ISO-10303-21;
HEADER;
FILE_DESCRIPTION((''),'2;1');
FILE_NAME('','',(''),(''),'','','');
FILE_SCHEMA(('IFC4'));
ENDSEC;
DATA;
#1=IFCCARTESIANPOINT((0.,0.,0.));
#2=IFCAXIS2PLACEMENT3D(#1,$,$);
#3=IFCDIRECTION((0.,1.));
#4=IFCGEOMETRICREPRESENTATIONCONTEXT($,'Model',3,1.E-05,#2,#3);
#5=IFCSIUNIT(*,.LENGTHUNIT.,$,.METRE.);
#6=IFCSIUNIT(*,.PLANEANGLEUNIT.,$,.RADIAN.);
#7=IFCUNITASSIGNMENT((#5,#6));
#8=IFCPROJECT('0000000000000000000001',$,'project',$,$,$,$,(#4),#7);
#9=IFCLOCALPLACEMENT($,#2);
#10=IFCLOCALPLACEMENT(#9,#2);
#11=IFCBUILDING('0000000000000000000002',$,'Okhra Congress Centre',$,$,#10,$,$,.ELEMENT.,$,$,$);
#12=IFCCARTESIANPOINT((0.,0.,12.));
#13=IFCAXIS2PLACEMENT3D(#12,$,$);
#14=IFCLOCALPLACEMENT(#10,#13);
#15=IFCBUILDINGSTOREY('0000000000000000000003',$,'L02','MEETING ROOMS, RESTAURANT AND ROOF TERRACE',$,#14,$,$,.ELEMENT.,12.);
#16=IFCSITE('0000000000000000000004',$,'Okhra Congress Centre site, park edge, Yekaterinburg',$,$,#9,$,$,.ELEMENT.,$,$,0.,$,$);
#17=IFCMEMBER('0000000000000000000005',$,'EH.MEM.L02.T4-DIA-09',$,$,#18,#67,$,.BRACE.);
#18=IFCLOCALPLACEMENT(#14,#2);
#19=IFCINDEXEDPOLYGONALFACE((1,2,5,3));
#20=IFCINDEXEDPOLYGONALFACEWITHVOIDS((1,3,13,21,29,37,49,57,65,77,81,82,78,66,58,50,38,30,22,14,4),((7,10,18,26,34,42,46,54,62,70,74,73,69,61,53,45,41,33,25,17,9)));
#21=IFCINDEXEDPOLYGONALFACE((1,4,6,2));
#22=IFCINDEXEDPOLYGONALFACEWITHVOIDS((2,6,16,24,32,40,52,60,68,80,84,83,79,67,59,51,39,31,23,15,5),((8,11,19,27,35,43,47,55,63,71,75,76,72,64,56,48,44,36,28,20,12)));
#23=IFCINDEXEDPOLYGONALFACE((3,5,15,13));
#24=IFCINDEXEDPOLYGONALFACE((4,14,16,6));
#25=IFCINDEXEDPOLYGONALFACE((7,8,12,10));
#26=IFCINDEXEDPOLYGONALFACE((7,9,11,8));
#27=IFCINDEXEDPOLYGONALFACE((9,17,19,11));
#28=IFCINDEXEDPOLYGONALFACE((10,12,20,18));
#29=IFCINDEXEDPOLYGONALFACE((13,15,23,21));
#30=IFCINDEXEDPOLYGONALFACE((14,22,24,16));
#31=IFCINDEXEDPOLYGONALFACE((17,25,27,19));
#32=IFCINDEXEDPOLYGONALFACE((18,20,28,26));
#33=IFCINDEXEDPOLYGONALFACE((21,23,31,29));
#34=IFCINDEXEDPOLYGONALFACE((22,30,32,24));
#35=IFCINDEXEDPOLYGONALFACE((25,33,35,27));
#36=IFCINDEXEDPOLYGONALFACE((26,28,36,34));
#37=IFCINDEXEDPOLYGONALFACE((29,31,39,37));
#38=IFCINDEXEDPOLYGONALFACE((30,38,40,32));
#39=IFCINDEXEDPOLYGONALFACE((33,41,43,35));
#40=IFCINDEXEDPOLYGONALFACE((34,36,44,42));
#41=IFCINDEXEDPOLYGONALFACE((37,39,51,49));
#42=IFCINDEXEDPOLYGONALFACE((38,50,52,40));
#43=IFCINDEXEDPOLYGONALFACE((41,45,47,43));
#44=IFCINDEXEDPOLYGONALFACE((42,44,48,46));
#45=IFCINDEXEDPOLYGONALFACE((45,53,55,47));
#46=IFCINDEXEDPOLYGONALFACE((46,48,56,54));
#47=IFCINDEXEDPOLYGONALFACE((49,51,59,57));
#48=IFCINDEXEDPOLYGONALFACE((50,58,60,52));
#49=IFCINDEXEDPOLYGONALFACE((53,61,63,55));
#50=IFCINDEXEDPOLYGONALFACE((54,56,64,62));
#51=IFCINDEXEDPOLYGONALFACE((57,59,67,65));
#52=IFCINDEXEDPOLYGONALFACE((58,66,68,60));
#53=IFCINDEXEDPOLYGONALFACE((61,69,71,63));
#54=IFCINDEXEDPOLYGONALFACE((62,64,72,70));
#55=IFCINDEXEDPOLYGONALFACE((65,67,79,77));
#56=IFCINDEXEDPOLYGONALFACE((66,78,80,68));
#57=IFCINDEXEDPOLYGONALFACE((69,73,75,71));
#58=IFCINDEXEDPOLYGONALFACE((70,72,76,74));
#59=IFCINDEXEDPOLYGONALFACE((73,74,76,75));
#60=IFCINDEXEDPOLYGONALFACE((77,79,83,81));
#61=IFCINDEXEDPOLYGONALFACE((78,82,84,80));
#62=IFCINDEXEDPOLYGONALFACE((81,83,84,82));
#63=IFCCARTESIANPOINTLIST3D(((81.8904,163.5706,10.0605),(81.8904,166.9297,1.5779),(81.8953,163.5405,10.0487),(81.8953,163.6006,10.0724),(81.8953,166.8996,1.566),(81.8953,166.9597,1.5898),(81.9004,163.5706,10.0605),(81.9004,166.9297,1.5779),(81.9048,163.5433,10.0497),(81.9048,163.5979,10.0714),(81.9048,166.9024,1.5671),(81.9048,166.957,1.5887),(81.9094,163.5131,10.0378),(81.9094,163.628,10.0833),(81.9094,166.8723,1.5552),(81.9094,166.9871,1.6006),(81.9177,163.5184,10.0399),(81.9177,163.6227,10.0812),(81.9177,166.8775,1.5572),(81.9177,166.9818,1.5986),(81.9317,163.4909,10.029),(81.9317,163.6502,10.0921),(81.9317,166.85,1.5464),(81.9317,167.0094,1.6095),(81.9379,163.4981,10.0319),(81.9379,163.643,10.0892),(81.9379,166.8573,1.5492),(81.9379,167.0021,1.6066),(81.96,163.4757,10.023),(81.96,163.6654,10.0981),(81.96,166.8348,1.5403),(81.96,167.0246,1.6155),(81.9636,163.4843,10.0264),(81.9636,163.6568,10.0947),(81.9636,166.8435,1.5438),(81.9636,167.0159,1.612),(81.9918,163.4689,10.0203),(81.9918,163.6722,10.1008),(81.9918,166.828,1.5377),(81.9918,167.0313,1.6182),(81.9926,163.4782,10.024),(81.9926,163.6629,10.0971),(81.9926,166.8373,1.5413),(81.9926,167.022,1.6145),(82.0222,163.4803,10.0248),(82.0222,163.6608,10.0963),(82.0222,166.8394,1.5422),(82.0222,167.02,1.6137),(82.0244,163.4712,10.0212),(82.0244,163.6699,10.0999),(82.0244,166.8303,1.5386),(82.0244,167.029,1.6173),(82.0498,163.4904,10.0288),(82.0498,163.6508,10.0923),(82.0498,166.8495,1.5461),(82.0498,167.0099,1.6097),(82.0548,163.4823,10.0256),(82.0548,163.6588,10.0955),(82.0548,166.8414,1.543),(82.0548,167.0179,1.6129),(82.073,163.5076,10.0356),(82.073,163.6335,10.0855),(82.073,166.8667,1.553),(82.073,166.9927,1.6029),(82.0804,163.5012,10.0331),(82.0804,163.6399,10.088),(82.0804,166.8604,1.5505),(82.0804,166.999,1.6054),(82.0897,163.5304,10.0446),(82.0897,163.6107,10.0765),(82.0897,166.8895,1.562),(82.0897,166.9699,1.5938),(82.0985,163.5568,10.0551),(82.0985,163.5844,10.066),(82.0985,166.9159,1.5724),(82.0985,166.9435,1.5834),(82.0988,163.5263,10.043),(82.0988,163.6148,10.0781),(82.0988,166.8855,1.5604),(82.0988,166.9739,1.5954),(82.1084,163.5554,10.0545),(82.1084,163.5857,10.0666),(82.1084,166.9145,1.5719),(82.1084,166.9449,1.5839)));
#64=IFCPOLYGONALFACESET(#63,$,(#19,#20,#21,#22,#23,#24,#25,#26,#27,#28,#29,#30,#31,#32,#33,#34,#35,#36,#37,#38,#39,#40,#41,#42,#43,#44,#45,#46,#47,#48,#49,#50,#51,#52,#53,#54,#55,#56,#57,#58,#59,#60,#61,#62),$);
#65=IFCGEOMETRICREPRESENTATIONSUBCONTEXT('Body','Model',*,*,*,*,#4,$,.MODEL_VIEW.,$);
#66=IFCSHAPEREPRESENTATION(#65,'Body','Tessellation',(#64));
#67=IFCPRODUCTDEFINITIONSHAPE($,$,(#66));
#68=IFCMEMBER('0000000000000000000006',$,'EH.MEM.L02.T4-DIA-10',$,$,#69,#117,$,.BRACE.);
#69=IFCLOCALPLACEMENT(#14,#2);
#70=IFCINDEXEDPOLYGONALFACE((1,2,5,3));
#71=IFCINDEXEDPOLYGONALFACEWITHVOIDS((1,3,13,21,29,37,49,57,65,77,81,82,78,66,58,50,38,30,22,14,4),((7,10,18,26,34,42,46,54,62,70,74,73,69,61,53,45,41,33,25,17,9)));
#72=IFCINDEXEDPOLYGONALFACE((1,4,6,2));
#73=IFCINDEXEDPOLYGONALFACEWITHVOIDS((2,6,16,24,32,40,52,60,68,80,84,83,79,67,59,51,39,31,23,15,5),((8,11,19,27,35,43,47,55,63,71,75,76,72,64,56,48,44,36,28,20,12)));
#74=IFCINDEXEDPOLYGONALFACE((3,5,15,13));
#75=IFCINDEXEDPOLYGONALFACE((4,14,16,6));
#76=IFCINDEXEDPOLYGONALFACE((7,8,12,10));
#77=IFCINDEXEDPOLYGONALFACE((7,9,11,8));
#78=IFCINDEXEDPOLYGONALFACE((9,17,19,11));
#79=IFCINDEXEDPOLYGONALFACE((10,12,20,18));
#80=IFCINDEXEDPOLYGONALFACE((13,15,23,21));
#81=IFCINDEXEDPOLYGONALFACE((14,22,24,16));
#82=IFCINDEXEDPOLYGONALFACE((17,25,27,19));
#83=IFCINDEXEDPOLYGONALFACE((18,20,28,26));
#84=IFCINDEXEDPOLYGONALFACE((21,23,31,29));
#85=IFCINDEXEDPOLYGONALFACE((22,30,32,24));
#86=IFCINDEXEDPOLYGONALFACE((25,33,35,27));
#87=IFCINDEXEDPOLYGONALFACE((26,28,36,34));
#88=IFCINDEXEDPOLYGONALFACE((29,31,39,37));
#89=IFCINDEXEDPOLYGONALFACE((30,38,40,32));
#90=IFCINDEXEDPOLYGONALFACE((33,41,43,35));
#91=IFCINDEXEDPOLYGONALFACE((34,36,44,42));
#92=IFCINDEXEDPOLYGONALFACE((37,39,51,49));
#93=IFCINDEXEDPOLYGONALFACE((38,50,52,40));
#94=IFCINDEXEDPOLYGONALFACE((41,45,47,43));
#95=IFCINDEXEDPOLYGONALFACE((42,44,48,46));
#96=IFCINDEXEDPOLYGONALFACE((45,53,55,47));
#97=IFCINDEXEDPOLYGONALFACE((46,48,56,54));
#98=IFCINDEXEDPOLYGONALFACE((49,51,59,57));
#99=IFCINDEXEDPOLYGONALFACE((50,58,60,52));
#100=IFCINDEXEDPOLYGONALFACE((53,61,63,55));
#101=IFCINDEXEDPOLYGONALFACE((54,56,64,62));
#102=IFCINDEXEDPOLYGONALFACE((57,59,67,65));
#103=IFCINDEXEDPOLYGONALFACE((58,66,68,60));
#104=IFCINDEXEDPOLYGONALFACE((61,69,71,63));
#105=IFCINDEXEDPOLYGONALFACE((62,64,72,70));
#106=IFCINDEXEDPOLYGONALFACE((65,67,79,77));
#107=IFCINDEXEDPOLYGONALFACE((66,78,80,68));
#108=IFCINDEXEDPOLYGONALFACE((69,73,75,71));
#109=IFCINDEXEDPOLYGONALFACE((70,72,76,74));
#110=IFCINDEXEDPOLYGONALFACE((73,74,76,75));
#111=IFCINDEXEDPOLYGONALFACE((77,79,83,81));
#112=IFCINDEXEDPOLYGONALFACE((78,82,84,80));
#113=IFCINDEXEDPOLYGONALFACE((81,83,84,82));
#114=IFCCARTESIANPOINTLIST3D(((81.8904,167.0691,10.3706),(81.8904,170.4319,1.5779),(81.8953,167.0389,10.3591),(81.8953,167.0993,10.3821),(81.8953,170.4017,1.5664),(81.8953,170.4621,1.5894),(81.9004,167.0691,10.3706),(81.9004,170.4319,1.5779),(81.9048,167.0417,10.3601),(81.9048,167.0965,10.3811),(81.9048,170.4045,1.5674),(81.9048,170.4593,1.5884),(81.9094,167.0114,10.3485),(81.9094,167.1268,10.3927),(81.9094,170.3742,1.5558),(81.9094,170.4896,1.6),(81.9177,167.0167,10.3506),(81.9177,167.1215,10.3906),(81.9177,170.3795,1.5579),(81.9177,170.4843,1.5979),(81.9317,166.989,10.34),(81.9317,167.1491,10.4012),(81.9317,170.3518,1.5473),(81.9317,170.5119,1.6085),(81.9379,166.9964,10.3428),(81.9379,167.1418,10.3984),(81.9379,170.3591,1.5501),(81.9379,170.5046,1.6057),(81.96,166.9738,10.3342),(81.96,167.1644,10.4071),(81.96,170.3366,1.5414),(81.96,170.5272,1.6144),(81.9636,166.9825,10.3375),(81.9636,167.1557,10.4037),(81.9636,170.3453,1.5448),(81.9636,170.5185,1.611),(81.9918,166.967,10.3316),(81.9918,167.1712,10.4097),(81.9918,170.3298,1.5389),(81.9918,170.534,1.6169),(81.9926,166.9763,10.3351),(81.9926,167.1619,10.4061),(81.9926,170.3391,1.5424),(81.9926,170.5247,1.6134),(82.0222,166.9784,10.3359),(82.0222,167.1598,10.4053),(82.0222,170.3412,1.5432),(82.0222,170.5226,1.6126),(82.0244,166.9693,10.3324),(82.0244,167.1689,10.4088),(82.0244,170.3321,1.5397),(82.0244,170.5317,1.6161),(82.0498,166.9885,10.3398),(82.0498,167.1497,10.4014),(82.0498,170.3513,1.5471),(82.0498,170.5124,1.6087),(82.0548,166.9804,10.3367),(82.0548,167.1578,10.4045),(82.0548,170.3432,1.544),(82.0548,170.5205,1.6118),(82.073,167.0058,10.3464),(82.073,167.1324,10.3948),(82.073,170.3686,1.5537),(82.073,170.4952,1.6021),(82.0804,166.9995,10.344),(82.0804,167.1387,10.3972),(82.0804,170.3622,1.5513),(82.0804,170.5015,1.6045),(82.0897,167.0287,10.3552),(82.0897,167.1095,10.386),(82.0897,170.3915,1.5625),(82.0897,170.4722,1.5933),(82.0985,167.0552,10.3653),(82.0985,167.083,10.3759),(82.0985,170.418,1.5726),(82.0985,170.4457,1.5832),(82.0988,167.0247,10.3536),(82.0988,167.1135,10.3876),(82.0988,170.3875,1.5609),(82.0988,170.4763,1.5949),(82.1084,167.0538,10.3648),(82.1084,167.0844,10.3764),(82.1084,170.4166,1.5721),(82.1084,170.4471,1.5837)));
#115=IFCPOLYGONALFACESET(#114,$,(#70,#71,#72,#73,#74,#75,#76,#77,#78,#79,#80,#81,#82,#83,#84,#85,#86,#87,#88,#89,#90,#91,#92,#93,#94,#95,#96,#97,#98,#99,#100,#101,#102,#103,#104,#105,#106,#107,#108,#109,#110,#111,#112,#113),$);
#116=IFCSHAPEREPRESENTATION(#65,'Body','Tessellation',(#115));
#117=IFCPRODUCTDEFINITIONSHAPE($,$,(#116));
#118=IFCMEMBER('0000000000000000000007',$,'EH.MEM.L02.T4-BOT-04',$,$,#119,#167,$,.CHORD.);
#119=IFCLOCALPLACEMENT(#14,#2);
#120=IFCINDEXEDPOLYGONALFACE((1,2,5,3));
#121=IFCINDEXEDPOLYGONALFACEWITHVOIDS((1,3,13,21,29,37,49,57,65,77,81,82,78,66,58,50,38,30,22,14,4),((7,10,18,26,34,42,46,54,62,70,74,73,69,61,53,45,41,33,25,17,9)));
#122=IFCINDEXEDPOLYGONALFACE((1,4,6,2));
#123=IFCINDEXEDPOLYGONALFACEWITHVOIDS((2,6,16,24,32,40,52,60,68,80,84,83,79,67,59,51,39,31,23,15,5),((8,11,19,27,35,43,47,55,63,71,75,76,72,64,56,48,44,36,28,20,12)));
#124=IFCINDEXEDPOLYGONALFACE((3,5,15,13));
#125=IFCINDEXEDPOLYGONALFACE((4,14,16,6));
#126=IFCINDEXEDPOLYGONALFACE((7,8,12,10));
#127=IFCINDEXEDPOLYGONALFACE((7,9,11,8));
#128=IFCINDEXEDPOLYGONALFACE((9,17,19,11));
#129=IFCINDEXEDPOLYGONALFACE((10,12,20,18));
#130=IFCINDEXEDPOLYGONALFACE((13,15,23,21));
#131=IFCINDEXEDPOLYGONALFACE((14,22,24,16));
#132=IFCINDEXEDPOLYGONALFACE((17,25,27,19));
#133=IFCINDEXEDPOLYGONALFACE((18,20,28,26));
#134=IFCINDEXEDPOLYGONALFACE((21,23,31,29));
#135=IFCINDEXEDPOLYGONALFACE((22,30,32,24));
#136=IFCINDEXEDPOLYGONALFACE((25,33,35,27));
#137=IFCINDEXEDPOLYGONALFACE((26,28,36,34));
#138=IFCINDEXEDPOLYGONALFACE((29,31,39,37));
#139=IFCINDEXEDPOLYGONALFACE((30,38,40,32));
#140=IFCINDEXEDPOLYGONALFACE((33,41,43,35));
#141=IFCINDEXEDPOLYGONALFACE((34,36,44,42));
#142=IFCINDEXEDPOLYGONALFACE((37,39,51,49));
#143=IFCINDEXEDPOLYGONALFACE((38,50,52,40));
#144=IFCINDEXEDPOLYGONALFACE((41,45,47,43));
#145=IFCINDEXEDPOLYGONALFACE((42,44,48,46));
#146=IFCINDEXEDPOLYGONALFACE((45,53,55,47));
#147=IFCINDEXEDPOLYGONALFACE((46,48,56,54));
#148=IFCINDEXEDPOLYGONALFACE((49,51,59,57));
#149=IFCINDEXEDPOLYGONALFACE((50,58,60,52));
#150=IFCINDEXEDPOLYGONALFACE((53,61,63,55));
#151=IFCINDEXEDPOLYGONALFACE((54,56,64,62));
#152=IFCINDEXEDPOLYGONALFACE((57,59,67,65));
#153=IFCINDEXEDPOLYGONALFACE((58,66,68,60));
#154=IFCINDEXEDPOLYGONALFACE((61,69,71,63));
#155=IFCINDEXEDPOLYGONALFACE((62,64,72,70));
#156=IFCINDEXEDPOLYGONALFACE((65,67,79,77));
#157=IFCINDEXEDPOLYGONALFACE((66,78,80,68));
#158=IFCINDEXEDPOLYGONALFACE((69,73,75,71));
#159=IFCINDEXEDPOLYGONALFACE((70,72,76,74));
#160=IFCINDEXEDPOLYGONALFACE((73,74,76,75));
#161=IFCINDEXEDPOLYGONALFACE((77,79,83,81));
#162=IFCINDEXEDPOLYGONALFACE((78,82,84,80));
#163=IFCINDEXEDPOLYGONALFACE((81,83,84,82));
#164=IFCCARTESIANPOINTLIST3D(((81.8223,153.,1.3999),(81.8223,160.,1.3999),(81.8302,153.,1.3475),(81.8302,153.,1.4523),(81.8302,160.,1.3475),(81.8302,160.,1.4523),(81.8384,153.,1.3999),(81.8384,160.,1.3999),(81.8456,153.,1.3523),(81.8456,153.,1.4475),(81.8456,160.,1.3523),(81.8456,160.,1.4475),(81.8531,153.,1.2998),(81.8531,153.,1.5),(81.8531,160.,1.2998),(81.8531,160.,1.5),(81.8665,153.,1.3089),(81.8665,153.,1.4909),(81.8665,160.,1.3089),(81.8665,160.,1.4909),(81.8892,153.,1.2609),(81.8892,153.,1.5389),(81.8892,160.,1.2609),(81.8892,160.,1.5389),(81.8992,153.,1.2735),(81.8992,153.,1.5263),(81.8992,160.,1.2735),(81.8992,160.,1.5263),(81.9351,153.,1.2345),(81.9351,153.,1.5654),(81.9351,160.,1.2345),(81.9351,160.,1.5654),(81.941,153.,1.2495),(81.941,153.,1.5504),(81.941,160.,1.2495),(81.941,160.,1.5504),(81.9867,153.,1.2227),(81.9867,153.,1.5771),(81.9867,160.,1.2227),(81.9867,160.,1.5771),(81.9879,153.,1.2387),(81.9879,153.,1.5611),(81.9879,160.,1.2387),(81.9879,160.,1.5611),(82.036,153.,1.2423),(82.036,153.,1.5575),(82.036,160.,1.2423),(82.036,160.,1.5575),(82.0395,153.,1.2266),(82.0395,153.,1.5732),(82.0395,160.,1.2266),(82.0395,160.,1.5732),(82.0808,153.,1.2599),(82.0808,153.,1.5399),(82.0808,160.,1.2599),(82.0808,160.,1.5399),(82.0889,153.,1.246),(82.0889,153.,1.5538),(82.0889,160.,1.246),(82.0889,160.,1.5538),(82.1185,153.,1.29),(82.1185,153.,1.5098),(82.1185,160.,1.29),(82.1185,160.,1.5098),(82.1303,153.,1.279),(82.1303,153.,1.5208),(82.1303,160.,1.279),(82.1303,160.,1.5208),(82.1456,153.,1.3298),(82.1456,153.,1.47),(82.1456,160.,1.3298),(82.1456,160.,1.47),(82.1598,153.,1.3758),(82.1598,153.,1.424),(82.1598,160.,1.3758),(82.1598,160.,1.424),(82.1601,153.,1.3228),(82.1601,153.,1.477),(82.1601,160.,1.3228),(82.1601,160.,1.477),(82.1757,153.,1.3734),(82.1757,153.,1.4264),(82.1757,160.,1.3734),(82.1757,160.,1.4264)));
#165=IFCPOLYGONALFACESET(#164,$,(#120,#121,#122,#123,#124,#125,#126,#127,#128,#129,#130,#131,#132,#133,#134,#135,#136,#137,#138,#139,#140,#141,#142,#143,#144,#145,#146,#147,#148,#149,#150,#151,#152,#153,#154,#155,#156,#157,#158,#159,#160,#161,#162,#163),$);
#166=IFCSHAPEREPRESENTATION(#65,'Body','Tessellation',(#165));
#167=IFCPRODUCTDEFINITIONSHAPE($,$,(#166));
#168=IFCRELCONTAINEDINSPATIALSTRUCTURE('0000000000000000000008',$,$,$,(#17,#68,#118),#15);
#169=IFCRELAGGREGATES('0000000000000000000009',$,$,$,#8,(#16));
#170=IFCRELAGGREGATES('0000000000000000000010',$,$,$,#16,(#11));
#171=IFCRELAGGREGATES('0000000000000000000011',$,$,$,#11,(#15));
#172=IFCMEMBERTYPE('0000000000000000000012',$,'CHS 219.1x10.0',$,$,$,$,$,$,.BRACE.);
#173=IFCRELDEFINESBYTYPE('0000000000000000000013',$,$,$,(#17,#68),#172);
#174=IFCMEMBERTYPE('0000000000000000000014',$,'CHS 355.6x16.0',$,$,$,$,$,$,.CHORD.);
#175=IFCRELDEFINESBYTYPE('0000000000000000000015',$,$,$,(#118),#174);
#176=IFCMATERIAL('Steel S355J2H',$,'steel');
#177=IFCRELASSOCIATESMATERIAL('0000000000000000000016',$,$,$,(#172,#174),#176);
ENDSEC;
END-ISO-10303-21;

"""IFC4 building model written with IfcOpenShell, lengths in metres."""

from ifc_helpers import new_model, si_unit, direction, frame, origin, origin_2d, place, context, subcontext, project, spatial, hollow_circle, extrude, material, material_profile, profile_set, type_object, element, save


model = new_model("IFC4")

# Units and contexts
model_context = context("Model", 3, precision=1e-05, world=origin(), true_north=direction((0.0, 1.0)))
body_context = subcontext(model_context, "Body", "Model", "MODEL_VIEW")
ifc_project = project(units=[si_unit("LENGTHUNIT", "METRE"), si_unit("PLANEANGLEUNIT", "RADIAN")], contexts=[model_context])

# Site, building, storey
site_placement = place(None, origin())
site = spatial("IfcSite", under=ifc_project, at=site_placement, Name="Okhra Congress Centre site, park edge, Yekaterinburg", CompositionType="ELEMENT", RefElevation=0.0)
building_placement = place(site_placement, origin())
building = spatial("IfcBuilding", under=site, at=building_placement, Name="Okhra Congress Centre", CompositionType="ELEMENT")
storey_placement = place(building_placement, frame((0.0, 0.0, 12.0)))
storey = spatial("IfcBuildingStorey", under=building, at=storey_placement, Name="L02", Description="MEETING ROOMS, RESTAURANT AND ROOF TERRACE", CompositionType="ELEMENT", Elevation=12.0)

# Members
ifc_material_1 = material(Name="Steel S355J2H", Category="steel")
ifc_material_profile_1 = material_profile(ifc_material_1, hollow_circle(Radius=0.1096, WallThickness=0.01, at=origin_2d()), Name="CHS 219.1x10.0")
ifc_profile_set_1 = profile_set([ifc_material_profile_1], Name="Steel S355J2H")
member_type_1 = type_object("IfcMemberType", Name="CHS 219.1x10.0", PredefinedType="BRACE", material=ifc_profile_set_1)
member_1_placement = place(storey_placement, frame((82.0, 163.5706, 10.0605), z_axis=(0.0, 0.368182, -0.929754), x_axis=(-1.0, 0.0, 0.0)))
element("IfcMember", 1, at=member_1_placement, inside=storey, type_object=member_type_1, Name="EH.MEM.L02.T4-DIA-09", PredefinedType="BRACE", context=body_context, shape_type="SweptSolid", body=[
    extrude(hollow_circle(Radius=0.1096, WallThickness=0.01, at=origin_2d()), origin(), (0.0, 0.0, 1.0), 9.1235),
])
member_2_placement = place(storey_placement, frame((82.0, 167.0691, 10.3706), z_axis=(0.0, 0.357218, -0.934021), x_axis=(-1.0, 0.0, 0.0)))
element("IfcMember", 2, at=member_2_placement, inside=storey, type_object=member_type_1, Name="EH.MEM.L02.T4-DIA-10", PredefinedType="BRACE", context=body_context, shape_type="SweptSolid", body=[
    extrude(hollow_circle(Radius=0.1096, WallThickness=0.01, at=origin_2d()), origin(), (0.0, 0.0, 1.0), 9.4138),
])
ifc_material_profile_2 = material_profile(ifc_material_1, hollow_circle(Radius=0.1777, WallThickness=0.0161, at=origin_2d()), Name="CHS 355.6x16.0")
ifc_profile_set_2 = profile_set([ifc_material_profile_2], Name="Steel S355J2H")
member_type_2 = type_object("IfcMemberType", Name="CHS 355.6x16.0", PredefinedType="CHORD", material=ifc_profile_set_2)
member_3_placement = place(storey_placement, frame((82.0, 153.0, 1.3999), z_axis=(0.0, 1.0, 0.0), x_axis=(-1.0, 0.0, 0.0)))
element("IfcMember", 3, at=member_3_placement, inside=storey, type_object=member_type_2, Name="EH.MEM.L02.T4-BOT-04", PredefinedType="CHORD", context=body_context, shape_type="SweptSolid", body=[
    extrude(hollow_circle(Radius=0.1777, WallThickness=0.0161, at=origin_2d()), origin(), (0.0, 0.0, 1.0), 7.0),
])

save(model, "model.ifc")
